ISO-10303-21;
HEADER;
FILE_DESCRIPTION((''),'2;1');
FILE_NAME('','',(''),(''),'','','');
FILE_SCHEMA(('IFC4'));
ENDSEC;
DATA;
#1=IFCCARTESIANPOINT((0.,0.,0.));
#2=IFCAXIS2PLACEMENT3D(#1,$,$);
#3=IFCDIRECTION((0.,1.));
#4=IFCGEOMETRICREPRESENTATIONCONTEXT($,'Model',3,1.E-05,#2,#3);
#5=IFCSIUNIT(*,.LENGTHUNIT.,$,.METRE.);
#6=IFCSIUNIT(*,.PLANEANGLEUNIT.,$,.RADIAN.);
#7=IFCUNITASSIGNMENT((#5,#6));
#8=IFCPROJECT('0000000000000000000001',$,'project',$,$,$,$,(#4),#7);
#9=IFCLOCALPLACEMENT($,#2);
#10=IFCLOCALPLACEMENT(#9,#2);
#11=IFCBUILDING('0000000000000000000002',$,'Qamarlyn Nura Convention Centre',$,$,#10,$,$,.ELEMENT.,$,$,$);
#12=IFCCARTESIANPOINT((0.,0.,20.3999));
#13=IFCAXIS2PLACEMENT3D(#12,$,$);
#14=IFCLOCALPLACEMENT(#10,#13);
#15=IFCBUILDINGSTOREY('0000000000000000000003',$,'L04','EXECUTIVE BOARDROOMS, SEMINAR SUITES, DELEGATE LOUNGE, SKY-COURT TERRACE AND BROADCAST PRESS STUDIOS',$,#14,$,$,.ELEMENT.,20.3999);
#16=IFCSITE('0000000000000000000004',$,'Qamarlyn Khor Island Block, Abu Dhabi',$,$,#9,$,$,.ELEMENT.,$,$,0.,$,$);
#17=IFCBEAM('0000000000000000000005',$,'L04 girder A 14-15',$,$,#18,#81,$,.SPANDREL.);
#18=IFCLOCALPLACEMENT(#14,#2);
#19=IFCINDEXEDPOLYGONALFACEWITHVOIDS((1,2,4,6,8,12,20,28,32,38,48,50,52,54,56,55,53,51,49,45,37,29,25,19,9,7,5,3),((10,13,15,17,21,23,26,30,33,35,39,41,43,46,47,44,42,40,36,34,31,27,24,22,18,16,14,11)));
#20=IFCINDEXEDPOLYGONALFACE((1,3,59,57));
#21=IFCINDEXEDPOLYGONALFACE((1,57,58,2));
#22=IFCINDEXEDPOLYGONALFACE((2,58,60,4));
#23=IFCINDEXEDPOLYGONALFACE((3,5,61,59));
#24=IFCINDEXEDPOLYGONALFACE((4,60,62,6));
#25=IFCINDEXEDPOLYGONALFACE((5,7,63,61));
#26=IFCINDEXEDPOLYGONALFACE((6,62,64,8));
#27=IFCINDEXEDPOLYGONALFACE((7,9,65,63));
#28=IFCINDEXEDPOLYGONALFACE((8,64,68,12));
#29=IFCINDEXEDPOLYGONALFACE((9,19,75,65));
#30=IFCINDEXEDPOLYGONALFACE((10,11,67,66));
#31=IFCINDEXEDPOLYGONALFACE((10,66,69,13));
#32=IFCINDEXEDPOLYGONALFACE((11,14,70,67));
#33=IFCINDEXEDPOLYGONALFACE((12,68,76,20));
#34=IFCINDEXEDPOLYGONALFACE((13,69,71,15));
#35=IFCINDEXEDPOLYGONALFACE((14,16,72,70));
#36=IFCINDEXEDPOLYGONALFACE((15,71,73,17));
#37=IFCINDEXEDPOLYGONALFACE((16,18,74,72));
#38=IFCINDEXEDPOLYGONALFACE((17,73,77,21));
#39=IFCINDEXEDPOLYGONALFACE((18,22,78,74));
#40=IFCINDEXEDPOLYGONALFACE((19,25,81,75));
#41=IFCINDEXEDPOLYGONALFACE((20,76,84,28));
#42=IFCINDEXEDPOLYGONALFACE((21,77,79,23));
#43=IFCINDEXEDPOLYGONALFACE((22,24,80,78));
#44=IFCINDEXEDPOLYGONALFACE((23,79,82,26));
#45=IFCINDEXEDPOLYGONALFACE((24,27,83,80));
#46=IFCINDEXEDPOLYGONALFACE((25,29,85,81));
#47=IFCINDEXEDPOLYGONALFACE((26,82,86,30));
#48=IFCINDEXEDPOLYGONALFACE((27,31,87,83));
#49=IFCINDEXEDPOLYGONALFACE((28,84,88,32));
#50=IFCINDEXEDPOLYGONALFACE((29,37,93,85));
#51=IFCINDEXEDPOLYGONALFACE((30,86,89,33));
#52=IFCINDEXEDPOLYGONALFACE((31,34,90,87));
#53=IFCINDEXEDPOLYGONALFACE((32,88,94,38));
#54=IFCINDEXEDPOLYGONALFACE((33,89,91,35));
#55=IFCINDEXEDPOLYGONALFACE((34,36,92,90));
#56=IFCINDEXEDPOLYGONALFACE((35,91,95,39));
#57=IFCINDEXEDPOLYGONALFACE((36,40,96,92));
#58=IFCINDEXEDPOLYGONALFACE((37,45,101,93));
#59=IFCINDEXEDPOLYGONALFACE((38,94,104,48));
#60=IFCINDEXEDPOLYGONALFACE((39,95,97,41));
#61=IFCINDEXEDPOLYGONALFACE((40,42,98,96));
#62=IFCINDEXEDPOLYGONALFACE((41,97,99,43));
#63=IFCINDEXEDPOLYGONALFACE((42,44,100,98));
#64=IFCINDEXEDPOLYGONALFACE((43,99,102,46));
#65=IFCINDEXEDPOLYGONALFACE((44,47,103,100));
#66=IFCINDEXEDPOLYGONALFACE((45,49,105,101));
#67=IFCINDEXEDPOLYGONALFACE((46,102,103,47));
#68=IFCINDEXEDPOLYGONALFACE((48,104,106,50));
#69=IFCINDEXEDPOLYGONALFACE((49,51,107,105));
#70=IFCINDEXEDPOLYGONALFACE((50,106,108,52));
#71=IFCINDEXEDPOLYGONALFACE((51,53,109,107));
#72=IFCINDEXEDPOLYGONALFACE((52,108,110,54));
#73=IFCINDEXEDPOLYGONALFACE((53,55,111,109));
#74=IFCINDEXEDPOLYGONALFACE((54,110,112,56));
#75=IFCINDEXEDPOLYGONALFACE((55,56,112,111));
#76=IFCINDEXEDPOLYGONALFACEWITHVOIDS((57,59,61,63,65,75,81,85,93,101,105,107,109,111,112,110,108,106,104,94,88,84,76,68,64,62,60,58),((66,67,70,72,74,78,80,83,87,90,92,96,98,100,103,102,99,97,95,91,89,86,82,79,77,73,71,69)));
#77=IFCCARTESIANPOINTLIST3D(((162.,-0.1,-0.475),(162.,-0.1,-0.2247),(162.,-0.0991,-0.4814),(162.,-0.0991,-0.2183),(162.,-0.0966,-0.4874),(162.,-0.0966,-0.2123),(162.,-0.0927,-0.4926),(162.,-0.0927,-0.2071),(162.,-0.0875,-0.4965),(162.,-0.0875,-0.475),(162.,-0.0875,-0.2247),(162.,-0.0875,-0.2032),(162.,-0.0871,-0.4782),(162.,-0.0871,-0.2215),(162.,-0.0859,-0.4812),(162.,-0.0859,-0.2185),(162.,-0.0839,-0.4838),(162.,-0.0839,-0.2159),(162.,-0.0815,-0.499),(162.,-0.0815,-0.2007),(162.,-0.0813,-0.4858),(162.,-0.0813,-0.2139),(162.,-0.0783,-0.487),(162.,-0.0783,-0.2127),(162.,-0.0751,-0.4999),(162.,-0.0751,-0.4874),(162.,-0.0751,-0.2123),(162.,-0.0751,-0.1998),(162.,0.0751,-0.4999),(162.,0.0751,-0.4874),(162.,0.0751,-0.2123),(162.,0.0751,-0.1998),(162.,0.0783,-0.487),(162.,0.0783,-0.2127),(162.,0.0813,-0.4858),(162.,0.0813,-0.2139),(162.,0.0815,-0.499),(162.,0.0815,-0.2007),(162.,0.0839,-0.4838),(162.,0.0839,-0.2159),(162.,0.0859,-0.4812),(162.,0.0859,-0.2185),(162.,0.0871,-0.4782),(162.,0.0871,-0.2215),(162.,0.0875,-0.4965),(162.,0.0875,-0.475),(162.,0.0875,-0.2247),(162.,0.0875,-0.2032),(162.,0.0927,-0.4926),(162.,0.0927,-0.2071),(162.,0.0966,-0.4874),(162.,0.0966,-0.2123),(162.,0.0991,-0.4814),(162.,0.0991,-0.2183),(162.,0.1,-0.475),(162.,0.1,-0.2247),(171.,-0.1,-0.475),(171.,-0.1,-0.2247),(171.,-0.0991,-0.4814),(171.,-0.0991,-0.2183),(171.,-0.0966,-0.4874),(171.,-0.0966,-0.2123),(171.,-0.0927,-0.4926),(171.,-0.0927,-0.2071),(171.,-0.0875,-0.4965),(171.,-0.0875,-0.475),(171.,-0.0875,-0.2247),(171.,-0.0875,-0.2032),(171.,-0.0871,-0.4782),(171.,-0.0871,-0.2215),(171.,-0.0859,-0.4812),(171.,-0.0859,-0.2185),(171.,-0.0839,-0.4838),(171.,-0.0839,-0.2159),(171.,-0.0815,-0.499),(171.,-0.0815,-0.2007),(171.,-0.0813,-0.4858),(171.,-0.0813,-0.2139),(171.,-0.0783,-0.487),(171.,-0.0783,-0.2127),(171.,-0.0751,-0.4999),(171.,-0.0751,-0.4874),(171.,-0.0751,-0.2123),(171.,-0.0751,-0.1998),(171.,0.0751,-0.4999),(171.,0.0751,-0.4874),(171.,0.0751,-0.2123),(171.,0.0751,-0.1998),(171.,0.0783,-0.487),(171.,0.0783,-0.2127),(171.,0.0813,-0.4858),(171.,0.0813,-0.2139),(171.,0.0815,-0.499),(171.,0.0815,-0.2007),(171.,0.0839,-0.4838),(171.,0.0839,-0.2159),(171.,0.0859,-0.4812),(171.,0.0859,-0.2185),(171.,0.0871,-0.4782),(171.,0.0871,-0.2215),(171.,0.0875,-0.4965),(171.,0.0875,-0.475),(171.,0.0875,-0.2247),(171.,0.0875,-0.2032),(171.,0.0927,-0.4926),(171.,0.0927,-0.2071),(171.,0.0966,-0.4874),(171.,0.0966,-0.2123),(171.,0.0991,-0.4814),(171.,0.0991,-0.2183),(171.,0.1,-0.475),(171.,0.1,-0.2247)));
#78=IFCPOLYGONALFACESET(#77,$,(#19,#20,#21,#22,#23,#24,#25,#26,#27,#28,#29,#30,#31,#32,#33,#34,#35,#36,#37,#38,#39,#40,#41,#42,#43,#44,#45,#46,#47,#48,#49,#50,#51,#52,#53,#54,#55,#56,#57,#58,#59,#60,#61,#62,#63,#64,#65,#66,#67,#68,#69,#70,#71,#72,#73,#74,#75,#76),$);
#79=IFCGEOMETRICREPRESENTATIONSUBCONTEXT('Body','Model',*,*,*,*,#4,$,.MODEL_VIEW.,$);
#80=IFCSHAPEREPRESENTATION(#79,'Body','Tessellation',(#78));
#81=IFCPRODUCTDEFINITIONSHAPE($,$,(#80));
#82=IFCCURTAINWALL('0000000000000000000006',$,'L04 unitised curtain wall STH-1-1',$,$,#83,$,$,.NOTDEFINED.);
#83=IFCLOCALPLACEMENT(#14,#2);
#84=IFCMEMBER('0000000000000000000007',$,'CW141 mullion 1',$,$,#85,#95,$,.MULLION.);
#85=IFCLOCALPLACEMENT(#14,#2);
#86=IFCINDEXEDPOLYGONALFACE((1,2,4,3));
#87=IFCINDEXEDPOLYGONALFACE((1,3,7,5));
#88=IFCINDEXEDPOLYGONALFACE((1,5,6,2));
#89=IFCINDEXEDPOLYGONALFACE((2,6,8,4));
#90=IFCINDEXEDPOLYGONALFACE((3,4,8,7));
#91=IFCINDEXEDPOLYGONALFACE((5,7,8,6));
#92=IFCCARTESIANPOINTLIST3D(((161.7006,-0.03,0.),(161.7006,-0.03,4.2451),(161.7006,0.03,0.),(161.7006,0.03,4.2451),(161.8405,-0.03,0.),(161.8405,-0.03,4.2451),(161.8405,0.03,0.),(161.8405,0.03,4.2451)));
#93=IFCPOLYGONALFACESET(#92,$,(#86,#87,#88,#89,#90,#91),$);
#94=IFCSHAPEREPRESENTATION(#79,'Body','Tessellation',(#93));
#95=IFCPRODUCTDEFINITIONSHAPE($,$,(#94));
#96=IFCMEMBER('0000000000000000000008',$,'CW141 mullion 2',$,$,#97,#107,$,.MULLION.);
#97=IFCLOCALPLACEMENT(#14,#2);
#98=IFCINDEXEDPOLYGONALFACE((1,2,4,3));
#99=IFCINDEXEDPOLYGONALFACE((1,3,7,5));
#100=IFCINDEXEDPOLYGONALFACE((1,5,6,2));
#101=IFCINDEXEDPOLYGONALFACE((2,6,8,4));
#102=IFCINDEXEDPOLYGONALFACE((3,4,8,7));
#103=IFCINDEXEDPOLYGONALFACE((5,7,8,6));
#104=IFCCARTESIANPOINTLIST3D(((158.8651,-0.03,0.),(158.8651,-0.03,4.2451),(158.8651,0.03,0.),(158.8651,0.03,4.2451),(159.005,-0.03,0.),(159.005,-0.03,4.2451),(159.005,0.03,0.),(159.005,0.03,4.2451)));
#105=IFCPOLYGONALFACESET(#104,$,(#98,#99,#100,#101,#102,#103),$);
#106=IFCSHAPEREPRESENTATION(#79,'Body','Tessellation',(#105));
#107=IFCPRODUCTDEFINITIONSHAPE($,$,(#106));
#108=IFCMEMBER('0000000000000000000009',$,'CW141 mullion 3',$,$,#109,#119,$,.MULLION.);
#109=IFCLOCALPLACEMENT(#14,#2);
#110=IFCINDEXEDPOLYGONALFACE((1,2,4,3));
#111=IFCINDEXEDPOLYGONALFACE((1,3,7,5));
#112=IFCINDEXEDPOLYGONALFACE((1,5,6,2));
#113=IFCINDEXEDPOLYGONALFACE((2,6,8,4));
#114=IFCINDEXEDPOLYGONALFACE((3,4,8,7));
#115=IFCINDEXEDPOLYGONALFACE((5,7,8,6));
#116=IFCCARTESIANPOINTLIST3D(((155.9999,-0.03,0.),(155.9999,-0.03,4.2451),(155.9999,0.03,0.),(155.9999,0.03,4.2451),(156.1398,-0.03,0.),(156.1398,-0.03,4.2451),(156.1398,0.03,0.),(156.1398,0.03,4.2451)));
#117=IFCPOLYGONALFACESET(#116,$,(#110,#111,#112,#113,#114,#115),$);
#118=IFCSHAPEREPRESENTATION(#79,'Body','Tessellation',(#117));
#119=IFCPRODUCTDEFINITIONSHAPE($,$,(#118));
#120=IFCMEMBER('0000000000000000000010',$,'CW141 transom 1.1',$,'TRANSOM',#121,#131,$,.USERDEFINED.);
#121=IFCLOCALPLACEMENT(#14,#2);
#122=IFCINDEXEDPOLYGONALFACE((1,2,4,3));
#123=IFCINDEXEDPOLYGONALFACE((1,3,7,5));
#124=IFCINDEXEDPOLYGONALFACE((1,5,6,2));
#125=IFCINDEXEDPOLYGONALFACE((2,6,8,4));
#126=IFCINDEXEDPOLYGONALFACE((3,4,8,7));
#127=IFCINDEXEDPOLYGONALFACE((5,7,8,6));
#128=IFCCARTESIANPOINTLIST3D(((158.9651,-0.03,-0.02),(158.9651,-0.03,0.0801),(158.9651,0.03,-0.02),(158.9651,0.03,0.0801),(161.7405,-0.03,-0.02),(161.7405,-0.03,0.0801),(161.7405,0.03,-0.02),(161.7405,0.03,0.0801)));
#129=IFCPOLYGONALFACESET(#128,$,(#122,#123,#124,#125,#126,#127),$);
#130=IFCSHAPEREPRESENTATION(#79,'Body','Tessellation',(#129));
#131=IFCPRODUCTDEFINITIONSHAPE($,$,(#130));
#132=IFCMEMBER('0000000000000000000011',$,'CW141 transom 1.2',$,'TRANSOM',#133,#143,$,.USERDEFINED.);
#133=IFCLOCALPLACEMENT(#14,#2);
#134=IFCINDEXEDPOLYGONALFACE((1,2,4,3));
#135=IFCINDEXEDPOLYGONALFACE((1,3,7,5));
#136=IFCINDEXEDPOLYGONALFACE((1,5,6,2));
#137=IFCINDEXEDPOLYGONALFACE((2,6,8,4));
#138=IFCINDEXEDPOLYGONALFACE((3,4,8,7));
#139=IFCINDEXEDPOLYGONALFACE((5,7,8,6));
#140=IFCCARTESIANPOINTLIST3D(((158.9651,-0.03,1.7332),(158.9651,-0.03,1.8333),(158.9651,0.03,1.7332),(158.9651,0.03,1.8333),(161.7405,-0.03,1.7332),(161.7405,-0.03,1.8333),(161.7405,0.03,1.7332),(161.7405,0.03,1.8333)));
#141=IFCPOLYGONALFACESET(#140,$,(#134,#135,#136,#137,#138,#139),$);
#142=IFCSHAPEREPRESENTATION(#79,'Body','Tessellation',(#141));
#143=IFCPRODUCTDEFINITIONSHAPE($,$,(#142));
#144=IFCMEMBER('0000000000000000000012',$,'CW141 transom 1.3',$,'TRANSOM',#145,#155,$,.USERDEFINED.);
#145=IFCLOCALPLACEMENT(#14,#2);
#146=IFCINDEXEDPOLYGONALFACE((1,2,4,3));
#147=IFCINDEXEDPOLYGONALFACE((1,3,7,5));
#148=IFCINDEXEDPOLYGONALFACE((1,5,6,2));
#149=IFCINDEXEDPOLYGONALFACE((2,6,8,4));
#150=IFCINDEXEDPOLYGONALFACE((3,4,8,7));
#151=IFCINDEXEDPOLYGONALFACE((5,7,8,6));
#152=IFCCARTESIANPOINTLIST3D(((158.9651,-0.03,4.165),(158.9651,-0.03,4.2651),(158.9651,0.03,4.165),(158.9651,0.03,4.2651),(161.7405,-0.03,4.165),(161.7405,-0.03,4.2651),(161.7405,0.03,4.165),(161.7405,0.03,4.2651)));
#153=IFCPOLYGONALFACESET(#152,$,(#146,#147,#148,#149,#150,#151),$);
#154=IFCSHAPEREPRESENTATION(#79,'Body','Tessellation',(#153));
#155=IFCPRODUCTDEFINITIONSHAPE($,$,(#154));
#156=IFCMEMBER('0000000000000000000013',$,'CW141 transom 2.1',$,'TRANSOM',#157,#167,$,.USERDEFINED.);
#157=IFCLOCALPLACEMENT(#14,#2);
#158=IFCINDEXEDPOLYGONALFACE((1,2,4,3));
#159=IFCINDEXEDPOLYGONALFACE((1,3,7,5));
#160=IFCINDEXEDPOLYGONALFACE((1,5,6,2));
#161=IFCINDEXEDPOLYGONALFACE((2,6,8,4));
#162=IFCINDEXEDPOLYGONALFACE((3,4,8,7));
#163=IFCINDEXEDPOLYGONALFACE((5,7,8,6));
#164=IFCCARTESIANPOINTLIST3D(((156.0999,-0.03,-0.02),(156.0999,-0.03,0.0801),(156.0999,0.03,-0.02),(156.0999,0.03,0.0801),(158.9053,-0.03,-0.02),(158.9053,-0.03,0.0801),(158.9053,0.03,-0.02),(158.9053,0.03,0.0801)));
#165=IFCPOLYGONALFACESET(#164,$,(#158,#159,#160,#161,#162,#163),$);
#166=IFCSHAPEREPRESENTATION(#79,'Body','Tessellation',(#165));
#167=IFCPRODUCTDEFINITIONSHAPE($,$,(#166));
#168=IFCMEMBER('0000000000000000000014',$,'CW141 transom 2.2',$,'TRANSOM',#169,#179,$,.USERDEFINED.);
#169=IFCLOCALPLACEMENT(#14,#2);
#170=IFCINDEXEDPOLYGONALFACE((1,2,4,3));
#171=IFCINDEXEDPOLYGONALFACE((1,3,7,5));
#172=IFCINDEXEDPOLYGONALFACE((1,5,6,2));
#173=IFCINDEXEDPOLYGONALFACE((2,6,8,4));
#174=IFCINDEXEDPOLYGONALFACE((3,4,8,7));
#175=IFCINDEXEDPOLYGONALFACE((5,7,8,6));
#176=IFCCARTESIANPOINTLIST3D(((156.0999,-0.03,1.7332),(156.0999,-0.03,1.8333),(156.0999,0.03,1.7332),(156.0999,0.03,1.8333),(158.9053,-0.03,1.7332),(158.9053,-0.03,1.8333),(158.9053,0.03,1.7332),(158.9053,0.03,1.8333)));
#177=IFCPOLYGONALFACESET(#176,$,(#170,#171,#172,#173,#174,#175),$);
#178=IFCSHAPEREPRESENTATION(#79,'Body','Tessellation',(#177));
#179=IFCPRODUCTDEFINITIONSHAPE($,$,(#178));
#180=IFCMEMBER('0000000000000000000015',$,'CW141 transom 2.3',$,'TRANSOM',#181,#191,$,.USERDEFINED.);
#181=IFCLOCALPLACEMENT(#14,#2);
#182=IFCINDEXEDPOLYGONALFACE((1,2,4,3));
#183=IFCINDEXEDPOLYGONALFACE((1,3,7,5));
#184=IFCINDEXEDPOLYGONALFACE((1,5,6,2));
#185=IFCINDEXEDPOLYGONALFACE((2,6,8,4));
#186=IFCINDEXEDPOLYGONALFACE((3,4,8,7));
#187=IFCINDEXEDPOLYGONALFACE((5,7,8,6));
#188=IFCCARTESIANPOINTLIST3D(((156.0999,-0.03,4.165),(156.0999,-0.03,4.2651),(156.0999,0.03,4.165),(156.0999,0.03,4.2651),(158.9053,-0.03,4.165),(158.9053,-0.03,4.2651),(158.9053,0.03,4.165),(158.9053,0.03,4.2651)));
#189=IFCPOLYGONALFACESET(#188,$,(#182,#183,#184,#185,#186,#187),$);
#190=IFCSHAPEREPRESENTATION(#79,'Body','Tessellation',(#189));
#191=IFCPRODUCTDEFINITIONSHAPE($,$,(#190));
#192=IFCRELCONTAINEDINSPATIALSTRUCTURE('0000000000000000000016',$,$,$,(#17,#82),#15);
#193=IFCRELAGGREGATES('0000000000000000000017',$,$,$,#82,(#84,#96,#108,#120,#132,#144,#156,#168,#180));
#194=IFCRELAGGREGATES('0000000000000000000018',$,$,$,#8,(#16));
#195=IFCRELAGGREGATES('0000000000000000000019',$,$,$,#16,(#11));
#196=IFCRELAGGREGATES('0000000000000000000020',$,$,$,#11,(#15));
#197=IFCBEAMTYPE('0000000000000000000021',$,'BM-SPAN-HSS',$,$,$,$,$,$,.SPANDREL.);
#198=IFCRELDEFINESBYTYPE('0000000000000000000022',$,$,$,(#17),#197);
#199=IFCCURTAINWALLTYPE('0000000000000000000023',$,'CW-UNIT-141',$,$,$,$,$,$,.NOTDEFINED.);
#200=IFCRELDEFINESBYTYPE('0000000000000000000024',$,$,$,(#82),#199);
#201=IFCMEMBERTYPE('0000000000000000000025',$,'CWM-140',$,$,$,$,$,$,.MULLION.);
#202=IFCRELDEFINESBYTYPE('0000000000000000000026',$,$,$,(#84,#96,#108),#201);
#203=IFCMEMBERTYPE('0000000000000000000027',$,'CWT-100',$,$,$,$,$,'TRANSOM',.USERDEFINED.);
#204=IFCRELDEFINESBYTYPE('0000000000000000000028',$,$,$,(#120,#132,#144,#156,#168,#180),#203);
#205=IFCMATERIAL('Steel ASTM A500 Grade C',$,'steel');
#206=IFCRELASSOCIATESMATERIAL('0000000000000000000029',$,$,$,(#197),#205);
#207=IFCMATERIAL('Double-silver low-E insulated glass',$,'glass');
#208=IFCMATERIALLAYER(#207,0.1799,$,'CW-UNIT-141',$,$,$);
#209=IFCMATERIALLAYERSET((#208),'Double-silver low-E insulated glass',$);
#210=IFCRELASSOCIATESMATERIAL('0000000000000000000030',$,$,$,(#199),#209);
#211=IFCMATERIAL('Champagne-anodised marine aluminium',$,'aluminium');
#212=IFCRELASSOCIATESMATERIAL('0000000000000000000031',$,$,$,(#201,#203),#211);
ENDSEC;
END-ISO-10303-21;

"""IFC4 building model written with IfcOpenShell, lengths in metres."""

from ifc_helpers import new_model, si_unit, direction, frame, origin, origin_2d, place, context, subcontext, project, spatial, rectangle, hollow_rectangle, extrude, material, layer, layer_set, material_profile, profile_set, type_object, element, aggregate, save


model = new_model("IFC4")

# Units and contexts
model_context = context("Model", 3, precision=1e-05, world=origin(), true_north=direction((0.0, 1.0)))
body_context = subcontext(model_context, "Body", "Model", "MODEL_VIEW")
ifc_project = project(units=[si_unit("LENGTHUNIT", "METRE"), si_unit("PLANEANGLEUNIT", "RADIAN")], contexts=[model_context])

# Site, building, storey
site_placement = place(None, origin())
site = spatial("IfcSite", under=ifc_project, at=site_placement, Name="Qamarlyn Khor Island Block, Abu Dhabi", CompositionType="ELEMENT", RefElevation=0.0)
building_placement = place(site_placement, origin())
building = spatial("IfcBuilding", under=site, at=building_placement, Name="Qamarlyn Nura Convention Centre", CompositionType="ELEMENT")
storey_placement = place(building_placement, frame((0.0, 0.0, 20.3999)))
storey = spatial("IfcBuildingStorey", under=building, at=storey_placement, Name="L04", Description="EXECUTIVE BOARDROOMS, SEMINAR SUITES, DELEGATE LOUNGE, SKY-COURT TERRACE AND BROADCAST PRESS STUDIOS", CompositionType="ELEMENT", Elevation=20.3999)

# Beam
ifc_material_1 = material(Name="Steel ASTM A500 Grade C", Category="steel")
ifc_material_profile_1 = material_profile(ifc_material_1, hollow_rectangle(XDim=0.2, YDim=0.3, WallThickness=0.0125, InnerFilletRadius=0.0125, OuterFilletRadius=0.0249, at=origin_2d()), Name="HSS300X200X12.5")
ifc_profile_set_1 = profile_set([ifc_material_profile_1], Name="Steel ASTM A500 Grade C")
beam_type_1 = type_object("IfcBeamType", Name="BM-SPAN-HSS", PredefinedType="SPANDREL", material=ifc_profile_set_1)
beam_1_placement = place(storey_placement, frame((162.0, 0.0, -0.3499), z_axis=(1.0, 0.0, 0.0), x_axis=(0.0, 1.0, 0.0)))
element("IfcBeam", 1, at=beam_1_placement, inside=storey, type_object=beam_type_1, Name="L04 girder A 14-15", PredefinedType="SPANDREL", context=body_context, shape_type="SweptSolid", body=[
    extrude(hollow_rectangle(XDim=0.2, YDim=0.3, WallThickness=0.0125, InnerFilletRadius=0.0125, OuterFilletRadius=0.0249, at=origin_2d()), origin(), (0.0, 0.0, 1.0), 9.0),
])

# Curtain wall, members
ifc_material_2 = material(Name="Double-silver low-E insulated glass", Category="glass")
ifc_layer_1 = layer(ifc_material_2, 0.1799, Name="CW-UNIT-141")
ifc_layer_set_1 = layer_set([ifc_layer_1], Name="Double-silver low-E insulated glass")
curtain_wall_type = type_object("IfcCurtainWallType", Name="CW-UNIT-141", PredefinedType="NOTDEFINED", material=ifc_layer_set_1)
curtain_wall_placement = place(storey_placement, origin())
curtain_wall = element("IfcCurtainWall", 2, at=curtain_wall_placement, inside=storey, type_object=curtain_wall_type, Name="L04 unitised curtain wall STH-1-1", PredefinedType="NOTDEFINED")
ifc_material_3 = material(Name="Champagne-anodised marine aluminium", Category="aluminium")
ifc_material_profile_2 = material_profile(ifc_material_3, rectangle(XDim=0.0601, YDim=0.1399, at=origin_2d()), Name="ALU MULLION 60x140")
ifc_profile_set_2 = profile_set([ifc_material_profile_2], Name="Champagne-anodised marine aluminium")
member_type_1 = type_object("IfcMemberType", Name="CWM-140", PredefinedType="MULLION", material=ifc_profile_set_2)
member_1_placement = place(storey_placement, frame((161.7705, 0.0, 0.0), z_axis=(0.0, 0.0, 1.0), x_axis=(0.0, -1.0, 0.0)))
member_1 = element("IfcMember", 3, at=member_1_placement, type_object=member_type_1, Name="CW141 mullion 1", PredefinedType="MULLION", context=body_context, shape_type="SweptSolid", body=[
    extrude(rectangle(XDim=0.0601, YDim=0.1399, at=origin_2d()), origin(), (0.0, 0.0, 1.0), 4.2451),
])
member_2_placement = place(storey_placement, frame((158.9351, 0.0, 0.0), z_axis=(0.0, 0.0, 1.0), x_axis=(0.0, -1.0, 0.0)))
member_2 = element("IfcMember", 4, at=member_2_placement, type_object=member_type_1, Name="CW141 mullion 2", PredefinedType="MULLION", context=body_context, shape_type="SweptSolid", body=[
    extrude(rectangle(XDim=0.0601, YDim=0.1399, at=origin_2d()), origin(), (0.0, 0.0, 1.0), 4.2451),
])
member_3_placement = place(storey_placement, frame((156.0698, 0.0, 0.0), z_axis=(0.0, 0.0, 1.0), x_axis=(0.0, -1.0, 0.0)))
member_3 = element("IfcMember", 5, at=member_3_placement, type_object=member_type_1, Name="CW141 mullion 3", PredefinedType="MULLION", context=body_context, shape_type="SweptSolid", body=[
    extrude(rectangle(XDim=0.0601, YDim=0.1399, at=origin_2d()), origin(), (0.0, 0.0, 1.0), 4.2451),
])
ifc_material_profile_3 = material_profile(ifc_material_3, rectangle(XDim=0.0601, YDim=0.1001, at=origin_2d()), Name="ALU TRANSOM 60x100")
ifc_profile_set_3 = profile_set([ifc_material_profile_3], Name="Champagne-anodised marine aluminium")
member_type_2 = type_object("IfcMemberType", Name="CWT-100", ElementType="TRANSOM", PredefinedType="USERDEFINED", material=ifc_profile_set_3)
member_4_placement = place(storey_placement, frame((161.7405, 0.0, 0.03), z_axis=(-1.0, 0.0, 0.0), x_axis=(0.0, -1.0, 0.0)))
member_4 = element("IfcMember", 6, at=member_4_placement, type_object=member_type_2, Name="CW141 transom 1.1", ObjectType="TRANSOM", PredefinedType="USERDEFINED", context=body_context, shape_type="SweptSolid", body=[
    extrude(rectangle(XDim=0.0601, YDim=0.1001, at=origin_2d()), origin(), (0.0, 0.0, 1.0), 2.7754),
])
member_5_placement = place(storey_placement, frame((161.7405, 0.0, 1.7832), z_axis=(-1.0, 0.0, 0.0), x_axis=(0.0, -1.0, 0.0)))
member_5 = element("IfcMember", 7, at=member_5_placement, type_object=member_type_2, Name="CW141 transom 1.2", ObjectType="TRANSOM", PredefinedType="USERDEFINED", context=body_context, shape_type="SweptSolid", body=[
    extrude(rectangle(XDim=0.0601, YDim=0.1001, at=origin_2d()), origin(), (0.0, 0.0, 1.0), 2.7754),
])
member_6_placement = place(storey_placement, frame((161.7405, 0.0, 4.2151), z_axis=(-1.0, 0.0, 0.0), x_axis=(0.0, -1.0, 0.0)))
member_6 = element("IfcMember", 8, at=member_6_placement, type_object=member_type_2, Name="CW141 transom 1.3", ObjectType="TRANSOM", PredefinedType="USERDEFINED", context=body_context, shape_type="SweptSolid", body=[
    extrude(rectangle(XDim=0.0601, YDim=0.1001, at=origin_2d()), origin(), (0.0, 0.0, 1.0), 2.7754),
])
member_7_placement = place(storey_placement, frame((158.9053, 0.0, 0.03), z_axis=(-1.0, 0.0, 0.0), x_axis=(0.0, -1.0, 0.0)))
member_7 = element("IfcMember", 9, at=member_7_placement, type_object=member_type_2, Name="CW141 transom 2.1", ObjectType="TRANSOM", PredefinedType="USERDEFINED", context=body_context, shape_type="SweptSolid", body=[
    extrude(rectangle(XDim=0.0601, YDim=0.1001, at=origin_2d()), origin(), (0.0, 0.0, 1.0), 2.8054),
])
member_8_placement = place(storey_placement, frame((158.9053, 0.0, 1.7832), z_axis=(-1.0, 0.0, 0.0), x_axis=(0.0, -1.0, 0.0)))
member_8 = element("IfcMember", 10, at=member_8_placement, type_object=member_type_2, Name="CW141 transom 2.2", ObjectType="TRANSOM", PredefinedType="USERDEFINED", context=body_context, shape_type="SweptSolid", body=[
    extrude(rectangle(XDim=0.0601, YDim=0.1001, at=origin_2d()), origin(), (0.0, 0.0, 1.0), 2.8054),
])
member_9_placement = place(storey_placement, frame((158.9053, 0.0, 4.2151), z_axis=(-1.0, 0.0, 0.0), x_axis=(0.0, -1.0, 0.0)))
member_9 = element("IfcMember", 11, at=member_9_placement, type_object=member_type_2, Name="CW141 transom 2.3", ObjectType="TRANSOM", PredefinedType="USERDEFINED", context=body_context, shape_type="SweptSolid", body=[
    extrude(rectangle(XDim=0.0601, YDim=0.1001, at=origin_2d()), origin(), (0.0, 0.0, 1.0), 2.8054),
])
aggregate(curtain_wall, [member_1, member_2, member_3, member_4, member_5, member_6, member_7, member_8, member_9])

save(model, "model.ifc")
